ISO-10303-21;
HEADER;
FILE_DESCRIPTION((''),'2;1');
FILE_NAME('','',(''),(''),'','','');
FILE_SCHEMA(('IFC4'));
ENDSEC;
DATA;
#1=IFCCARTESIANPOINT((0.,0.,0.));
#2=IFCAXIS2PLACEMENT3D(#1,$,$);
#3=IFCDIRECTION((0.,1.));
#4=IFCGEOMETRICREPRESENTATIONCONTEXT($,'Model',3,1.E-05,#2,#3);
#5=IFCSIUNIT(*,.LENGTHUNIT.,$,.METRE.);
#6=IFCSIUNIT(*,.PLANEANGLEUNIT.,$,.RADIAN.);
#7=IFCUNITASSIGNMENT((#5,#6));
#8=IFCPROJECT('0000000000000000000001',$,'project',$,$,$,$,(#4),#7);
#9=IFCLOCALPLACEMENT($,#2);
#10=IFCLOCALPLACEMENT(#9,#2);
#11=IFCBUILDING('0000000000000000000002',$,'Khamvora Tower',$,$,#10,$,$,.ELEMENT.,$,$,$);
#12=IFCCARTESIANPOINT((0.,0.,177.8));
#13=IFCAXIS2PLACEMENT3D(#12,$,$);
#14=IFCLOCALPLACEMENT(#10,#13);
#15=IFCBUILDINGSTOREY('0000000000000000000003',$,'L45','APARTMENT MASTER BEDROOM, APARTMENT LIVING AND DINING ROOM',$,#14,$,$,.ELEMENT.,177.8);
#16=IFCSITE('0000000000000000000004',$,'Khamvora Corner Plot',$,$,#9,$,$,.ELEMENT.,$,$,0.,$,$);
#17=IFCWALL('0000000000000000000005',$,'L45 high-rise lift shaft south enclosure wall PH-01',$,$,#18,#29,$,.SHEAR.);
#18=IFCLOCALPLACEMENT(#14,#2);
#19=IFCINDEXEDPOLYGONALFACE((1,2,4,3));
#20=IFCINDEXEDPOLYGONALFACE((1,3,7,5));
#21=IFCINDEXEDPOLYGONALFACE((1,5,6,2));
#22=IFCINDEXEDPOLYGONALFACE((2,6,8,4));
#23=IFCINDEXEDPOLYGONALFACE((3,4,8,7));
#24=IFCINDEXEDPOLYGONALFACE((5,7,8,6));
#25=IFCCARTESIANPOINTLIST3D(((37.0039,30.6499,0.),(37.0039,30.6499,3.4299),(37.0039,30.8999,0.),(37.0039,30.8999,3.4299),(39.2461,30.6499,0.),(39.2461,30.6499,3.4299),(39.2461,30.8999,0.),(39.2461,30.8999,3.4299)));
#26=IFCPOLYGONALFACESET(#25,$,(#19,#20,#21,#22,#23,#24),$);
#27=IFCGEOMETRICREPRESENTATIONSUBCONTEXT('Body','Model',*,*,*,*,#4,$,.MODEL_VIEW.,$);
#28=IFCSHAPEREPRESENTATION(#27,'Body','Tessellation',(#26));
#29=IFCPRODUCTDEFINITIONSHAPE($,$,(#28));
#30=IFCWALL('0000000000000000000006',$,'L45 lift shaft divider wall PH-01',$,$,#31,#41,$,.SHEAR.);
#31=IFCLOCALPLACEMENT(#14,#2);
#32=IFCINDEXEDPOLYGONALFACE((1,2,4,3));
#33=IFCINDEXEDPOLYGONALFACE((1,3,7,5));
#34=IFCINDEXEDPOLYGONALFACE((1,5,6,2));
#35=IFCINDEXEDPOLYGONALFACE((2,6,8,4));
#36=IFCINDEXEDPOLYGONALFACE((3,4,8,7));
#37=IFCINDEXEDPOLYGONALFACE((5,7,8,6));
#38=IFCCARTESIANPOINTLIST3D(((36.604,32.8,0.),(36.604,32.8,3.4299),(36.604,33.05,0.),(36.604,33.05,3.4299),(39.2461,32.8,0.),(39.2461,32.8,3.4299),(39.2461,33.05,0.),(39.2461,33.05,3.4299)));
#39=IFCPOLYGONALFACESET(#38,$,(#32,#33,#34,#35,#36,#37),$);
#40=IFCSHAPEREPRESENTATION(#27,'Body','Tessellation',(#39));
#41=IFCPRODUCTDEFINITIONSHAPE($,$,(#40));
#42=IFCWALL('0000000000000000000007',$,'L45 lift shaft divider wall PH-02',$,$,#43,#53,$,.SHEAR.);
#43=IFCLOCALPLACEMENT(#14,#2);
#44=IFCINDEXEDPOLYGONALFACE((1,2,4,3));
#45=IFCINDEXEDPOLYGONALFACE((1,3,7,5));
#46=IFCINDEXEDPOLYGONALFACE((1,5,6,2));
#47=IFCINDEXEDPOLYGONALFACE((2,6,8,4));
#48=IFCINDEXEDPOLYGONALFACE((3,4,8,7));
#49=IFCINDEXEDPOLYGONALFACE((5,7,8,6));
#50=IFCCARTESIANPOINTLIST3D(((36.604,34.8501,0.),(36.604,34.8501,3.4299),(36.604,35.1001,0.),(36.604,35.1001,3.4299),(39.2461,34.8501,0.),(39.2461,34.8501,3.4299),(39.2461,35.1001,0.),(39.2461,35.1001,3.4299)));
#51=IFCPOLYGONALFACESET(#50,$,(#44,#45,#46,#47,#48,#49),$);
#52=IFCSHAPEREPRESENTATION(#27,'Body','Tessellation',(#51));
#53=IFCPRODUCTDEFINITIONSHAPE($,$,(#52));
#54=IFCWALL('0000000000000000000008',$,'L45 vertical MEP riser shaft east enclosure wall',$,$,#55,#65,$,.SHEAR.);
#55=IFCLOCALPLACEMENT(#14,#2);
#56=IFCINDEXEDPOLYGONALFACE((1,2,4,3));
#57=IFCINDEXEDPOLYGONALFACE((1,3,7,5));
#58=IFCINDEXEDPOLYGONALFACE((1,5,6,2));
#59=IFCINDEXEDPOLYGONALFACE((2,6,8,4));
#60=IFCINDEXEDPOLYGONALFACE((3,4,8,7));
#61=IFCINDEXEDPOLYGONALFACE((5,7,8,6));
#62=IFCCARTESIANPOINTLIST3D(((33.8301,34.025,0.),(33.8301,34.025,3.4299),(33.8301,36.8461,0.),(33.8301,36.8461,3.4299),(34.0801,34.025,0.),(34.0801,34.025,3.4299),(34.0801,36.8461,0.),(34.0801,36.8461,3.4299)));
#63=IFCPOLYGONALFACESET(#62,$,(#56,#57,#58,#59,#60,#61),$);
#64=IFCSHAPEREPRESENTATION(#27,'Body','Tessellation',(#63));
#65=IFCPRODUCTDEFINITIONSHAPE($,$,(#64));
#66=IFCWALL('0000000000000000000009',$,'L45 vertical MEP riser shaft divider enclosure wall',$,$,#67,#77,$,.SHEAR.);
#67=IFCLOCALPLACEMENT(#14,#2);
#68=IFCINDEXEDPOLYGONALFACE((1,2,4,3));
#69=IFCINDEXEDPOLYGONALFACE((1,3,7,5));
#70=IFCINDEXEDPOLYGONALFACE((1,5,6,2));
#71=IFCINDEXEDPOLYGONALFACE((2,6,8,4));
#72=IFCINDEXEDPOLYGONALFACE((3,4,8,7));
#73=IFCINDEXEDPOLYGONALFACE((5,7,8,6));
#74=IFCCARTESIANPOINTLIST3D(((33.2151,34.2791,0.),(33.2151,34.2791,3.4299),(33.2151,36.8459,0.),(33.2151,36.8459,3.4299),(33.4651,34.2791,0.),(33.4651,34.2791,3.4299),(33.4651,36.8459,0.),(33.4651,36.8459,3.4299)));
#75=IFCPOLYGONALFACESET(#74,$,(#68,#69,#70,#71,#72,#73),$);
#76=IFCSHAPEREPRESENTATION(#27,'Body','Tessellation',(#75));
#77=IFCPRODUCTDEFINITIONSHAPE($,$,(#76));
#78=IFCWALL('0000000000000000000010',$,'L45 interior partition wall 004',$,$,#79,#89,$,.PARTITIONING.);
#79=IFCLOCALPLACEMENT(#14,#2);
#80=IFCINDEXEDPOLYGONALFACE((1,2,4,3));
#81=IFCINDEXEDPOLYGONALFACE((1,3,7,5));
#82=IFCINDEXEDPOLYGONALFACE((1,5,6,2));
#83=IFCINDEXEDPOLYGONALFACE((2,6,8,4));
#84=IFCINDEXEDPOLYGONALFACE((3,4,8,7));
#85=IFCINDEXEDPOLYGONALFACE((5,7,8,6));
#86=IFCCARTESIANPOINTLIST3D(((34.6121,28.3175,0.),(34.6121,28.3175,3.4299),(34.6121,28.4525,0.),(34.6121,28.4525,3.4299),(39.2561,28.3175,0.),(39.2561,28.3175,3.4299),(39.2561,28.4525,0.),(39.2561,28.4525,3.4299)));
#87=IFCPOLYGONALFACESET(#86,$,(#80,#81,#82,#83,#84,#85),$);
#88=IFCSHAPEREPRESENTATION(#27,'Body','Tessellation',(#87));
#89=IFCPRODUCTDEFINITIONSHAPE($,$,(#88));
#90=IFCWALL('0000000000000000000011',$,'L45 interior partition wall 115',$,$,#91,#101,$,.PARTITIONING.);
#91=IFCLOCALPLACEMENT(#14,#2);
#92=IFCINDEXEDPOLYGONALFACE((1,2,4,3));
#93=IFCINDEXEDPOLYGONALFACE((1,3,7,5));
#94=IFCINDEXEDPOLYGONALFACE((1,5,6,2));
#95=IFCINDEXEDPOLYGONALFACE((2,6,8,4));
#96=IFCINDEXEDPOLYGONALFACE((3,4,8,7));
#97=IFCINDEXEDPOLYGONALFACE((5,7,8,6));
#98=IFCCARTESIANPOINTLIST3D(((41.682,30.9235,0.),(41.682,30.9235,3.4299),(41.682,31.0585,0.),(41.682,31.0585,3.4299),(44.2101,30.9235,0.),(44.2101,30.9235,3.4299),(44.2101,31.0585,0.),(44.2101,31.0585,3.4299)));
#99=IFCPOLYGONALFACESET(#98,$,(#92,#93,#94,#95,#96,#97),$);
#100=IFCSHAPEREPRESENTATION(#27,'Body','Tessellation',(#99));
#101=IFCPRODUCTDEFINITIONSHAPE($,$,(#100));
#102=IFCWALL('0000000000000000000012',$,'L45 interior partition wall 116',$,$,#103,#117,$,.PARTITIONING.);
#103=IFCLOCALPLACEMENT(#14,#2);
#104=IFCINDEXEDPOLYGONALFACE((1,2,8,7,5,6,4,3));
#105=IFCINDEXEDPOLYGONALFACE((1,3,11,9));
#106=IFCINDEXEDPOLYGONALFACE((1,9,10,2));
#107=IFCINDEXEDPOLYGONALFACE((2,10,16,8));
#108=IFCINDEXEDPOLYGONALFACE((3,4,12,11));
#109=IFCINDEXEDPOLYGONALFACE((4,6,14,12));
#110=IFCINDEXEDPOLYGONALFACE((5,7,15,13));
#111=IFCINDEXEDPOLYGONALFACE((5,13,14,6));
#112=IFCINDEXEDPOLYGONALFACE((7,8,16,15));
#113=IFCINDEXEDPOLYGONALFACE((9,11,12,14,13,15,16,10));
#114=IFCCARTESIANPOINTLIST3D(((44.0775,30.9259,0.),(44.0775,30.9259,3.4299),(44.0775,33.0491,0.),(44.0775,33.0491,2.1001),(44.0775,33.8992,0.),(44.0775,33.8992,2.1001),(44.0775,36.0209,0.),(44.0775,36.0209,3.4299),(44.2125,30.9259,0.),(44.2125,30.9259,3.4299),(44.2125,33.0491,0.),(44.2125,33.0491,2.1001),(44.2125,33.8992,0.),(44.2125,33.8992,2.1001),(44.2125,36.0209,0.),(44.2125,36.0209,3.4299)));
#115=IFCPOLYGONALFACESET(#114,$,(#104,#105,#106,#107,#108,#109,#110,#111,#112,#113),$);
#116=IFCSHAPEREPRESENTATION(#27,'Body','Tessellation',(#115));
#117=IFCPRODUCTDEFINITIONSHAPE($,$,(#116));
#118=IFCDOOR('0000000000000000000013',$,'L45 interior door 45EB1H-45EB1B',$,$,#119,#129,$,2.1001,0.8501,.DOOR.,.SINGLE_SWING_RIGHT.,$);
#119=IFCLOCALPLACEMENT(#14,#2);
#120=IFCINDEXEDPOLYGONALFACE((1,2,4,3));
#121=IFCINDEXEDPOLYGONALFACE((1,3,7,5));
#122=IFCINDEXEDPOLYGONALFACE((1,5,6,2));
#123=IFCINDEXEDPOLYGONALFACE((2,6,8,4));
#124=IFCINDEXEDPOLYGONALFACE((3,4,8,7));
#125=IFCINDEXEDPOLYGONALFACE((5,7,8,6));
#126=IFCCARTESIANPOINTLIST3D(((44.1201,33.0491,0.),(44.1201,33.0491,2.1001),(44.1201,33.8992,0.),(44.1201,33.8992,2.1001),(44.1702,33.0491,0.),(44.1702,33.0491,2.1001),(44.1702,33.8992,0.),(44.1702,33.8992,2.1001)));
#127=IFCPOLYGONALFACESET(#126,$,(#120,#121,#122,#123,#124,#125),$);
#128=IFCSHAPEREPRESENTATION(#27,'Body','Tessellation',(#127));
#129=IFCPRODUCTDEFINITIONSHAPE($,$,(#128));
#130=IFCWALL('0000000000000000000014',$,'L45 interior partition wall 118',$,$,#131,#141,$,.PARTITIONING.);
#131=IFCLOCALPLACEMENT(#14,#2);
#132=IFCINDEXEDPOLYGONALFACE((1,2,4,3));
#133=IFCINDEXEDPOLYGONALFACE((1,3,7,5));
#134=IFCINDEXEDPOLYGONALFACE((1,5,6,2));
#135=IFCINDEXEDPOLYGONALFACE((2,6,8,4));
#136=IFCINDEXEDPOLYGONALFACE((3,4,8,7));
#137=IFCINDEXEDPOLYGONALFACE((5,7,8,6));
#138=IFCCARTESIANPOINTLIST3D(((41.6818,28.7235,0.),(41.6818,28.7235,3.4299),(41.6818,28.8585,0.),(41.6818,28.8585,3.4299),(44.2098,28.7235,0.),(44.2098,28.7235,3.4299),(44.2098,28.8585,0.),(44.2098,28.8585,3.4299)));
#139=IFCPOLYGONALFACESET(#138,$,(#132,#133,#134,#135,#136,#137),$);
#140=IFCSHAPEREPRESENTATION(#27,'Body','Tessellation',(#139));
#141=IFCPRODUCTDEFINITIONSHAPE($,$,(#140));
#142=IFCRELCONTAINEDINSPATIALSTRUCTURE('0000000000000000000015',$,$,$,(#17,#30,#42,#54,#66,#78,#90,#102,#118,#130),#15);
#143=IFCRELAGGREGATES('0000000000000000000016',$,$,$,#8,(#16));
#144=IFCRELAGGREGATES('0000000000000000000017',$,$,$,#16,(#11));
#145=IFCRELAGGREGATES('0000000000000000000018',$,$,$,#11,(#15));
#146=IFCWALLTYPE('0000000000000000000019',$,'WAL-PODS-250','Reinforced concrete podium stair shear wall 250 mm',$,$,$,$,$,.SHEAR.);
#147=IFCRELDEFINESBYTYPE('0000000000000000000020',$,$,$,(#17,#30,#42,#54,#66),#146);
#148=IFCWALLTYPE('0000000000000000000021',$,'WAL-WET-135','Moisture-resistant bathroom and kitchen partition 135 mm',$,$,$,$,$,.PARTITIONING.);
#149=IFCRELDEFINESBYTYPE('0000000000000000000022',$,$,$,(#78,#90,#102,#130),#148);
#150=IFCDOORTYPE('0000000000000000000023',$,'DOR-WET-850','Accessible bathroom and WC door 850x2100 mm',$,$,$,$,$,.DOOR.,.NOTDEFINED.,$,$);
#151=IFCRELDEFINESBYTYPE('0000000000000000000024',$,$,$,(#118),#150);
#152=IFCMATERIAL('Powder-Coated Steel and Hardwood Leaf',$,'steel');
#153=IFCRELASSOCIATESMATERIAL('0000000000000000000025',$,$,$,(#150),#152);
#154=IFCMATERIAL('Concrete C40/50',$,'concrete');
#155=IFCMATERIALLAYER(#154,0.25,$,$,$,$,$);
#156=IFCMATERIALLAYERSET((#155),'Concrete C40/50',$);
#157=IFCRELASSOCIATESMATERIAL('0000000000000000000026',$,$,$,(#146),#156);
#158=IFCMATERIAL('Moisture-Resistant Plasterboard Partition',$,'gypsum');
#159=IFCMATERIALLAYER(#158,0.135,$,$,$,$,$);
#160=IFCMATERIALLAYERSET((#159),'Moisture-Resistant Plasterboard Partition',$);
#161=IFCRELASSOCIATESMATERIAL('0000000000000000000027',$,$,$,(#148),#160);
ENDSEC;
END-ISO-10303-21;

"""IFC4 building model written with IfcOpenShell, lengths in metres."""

from ifc_helpers import new_model, si_unit, direction, frame, frame_2d, origin, place, context, subcontext, project, spatial, rectangle, extrude, material, layer, layer_set, type_object, element, fill, save


model = new_model("IFC4")

# Units and contexts
model_context = context("Model", 3, precision=1e-05, world=origin(), true_north=direction((0.0, 1.0)))
body_context = subcontext(model_context, "Body", "Model", "MODEL_VIEW")
ifc_project = project(units=[si_unit("LENGTHUNIT", "METRE"), si_unit("PLANEANGLEUNIT", "RADIAN")], contexts=[model_context])

# Site, building, storey
site_placement = place(None, origin())
site = spatial("IfcSite", under=ifc_project, at=site_placement, Name="Khamvora Corner Plot", CompositionType="ELEMENT", RefElevation=0.0)
building_placement = place(site_placement, origin())
building = spatial("IfcBuilding", under=site, at=building_placement, Name="Khamvora Tower", CompositionType="ELEMENT")
storey_placement = place(building_placement, frame((0.0, 0.0, 177.8)))
storey = spatial("IfcBuildingStorey", under=building, at=storey_placement, Name="L45", Description="APARTMENT MASTER BEDROOM, APARTMENT LIVING AND DINING ROOM", CompositionType="ELEMENT", Elevation=177.8)

# Shared definitions
ifc_material_1 = material(Name="Powder-Coated Steel and Hardwood Leaf", Category="steel")

# Shared definitions
door_type_1 = type_object("IfcDoorType", Name="DOR-WET-850", Description="Accessible bathroom and WC door 850x2100 mm", OperationType="NOTDEFINED", PredefinedType="DOOR", material=ifc_material_1)

# Walls
ifc_material_2 = material(Name="Concrete C40/50", Category="concrete")
ifc_layer_1 = layer(ifc_material_2, 0.25)
ifc_layer_set_1 = layer_set([ifc_layer_1], Name="Concrete C40/50")
wall_type_1 = type_object("IfcWallType", Name="WAL-PODS-250", Description="Reinforced concrete podium stair shear wall 250 mm", PredefinedType="SHEAR", material=ifc_layer_set_1)
wall_1_placement = place(storey_placement, frame((37.0039, 30.7749, 0.0), z_axis=(0.0, 0.0, 1.0), x_axis=(1.0, 0.0, 0.0)))
element("IfcWall", 1, at=wall_1_placement, inside=storey, type_object=wall_type_1, Name="L45 high-rise lift shaft south enclosure wall PH-01", PredefinedType="SHEAR", context=body_context, shape_type="SweptSolid", body=[
    extrude(rectangle(XDim=2.2422, YDim=0.25, at=frame_2d((1.1211, 0.0))), origin(), (0.0, 0.0, 1.0), 3.4299),
])
for number, where, z_axis, x_axis, name in (
    (2, (36.604, 32.925, 0.0), (0.0, 0.0, 1.0), (1.0, 0.0, 0.0), "L45 lift shaft divider wall PH-01"),
    (3, (36.604, 34.9751, 0.0), (0.0, 0.0, 1.0), (1.0, 0.0, 0.0), "L45 lift shaft divider wall PH-02"),
):
    element("IfcWall", number, at=place(storey_placement, frame(where, z_axis=z_axis, x_axis=x_axis)), inside=storey, type_object=wall_type_1, Name=name, PredefinedType="SHEAR", context=body_context, shape_type="SweptSolid", body=[
        extrude(rectangle(XDim=2.6421, YDim=0.25, at=frame_2d((1.321, 0.0))), origin(), (0.0, 0.0, 1.0), 3.4299),
    ])
wall_2_placement = place(storey_placement, frame((33.9551, 34.0249, 0.0), z_axis=(0.0, 0.0, 1.0), x_axis=(0.0, 1.0, 0.0)))
element("IfcWall", 4, at=wall_2_placement, inside=storey, type_object=wall_type_1, Name="L45 vertical MEP riser shaft east enclosure wall", PredefinedType="SHEAR", context=body_context, shape_type="SweptSolid", body=[
    extrude(rectangle(XDim=2.821, YDim=0.25, at=frame_2d((1.4106, 0.0))), origin(), (0.0, 0.0, 1.0), 3.4299),
])
wall_3_placement = place(storey_placement, frame((33.3401, 34.2791, 0.0), z_axis=(0.0, 0.0, 1.0), x_axis=(0.0, 1.0, 0.0)))
element("IfcWall", 5, at=wall_3_placement, inside=storey, type_object=wall_type_1, Name="L45 vertical MEP riser shaft divider enclosure wall", PredefinedType="SHEAR", context=body_context, shape_type="SweptSolid", body=[
    extrude(rectangle(XDim=2.5669, YDim=0.25, at=frame_2d((1.2834, 0.0))), origin(), (0.0, 0.0, 1.0), 3.4299),
])
ifc_material_3 = material(Name="Moisture-Resistant Plasterboard Partition", Category="gypsum")
ifc_layer_2 = layer(ifc_material_3, 0.135)
ifc_layer_set_2 = layer_set([ifc_layer_2], Name="Moisture-Resistant Plasterboard Partition")
wall_type_2 = type_object("IfcWallType", Name="WAL-WET-135", Description="Moisture-resistant bathroom and kitchen partition 135 mm", PredefinedType="PARTITIONING", material=ifc_layer_set_2)
wall_4_placement = place(storey_placement, frame((39.2561, 28.385, 0.0), z_axis=(0.0, 0.0, 1.0), x_axis=(-1.0, 0.0, 0.0)))
element("IfcWall", 6, at=wall_4_placement, inside=storey, type_object=wall_type_2, Name="L45 interior partition wall 004", PredefinedType="PARTITIONING", context=body_context, shape_type="SweptSolid", body=[
    extrude(rectangle(XDim=4.644, YDim=0.135, at=frame_2d((2.322, 0.0))), origin(), (0.0, 0.0, 1.0), 3.4299),
])
wall_5_placement = place(storey_placement, frame((41.6819, 30.991, 0.0), z_axis=(0.0, 0.0, 1.0), x_axis=(1.0, 0.0, 0.0)))
element("IfcWall", 7, at=wall_5_placement, inside=storey, type_object=wall_type_2, Name="L45 interior partition wall 115", PredefinedType="PARTITIONING", context=body_context, shape_type="SweptSolid", body=[
    extrude(rectangle(XDim=2.5281, YDim=0.135, at=frame_2d((1.2642, 0.0))), origin(), (0.0, 0.0, 1.0), 3.4299),
])

# Wall, opening, door
wall_6_placement = place(storey_placement, frame((44.145, 30.926, 0.0), z_axis=(0.0, 0.0, 1.0), x_axis=(0.0, 1.0, 0.0)))
wall_6 = element("IfcWall", 8, at=wall_6_placement, inside=storey, type_object=wall_type_2, Name="L45 interior partition wall 116", PredefinedType="PARTITIONING", context=body_context, shape_type="SweptSolid", body=[
    extrude(rectangle(XDim=5.095, YDim=0.135, at=frame_2d((2.5474, 0.0))), origin(), (0.0, 0.0, 1.0), 3.4299),
])
opening_1_placement = place(wall_6_placement, frame((2.123, 0.0, 0.0)))
opening_1 = element("IfcOpeningElement", 9, at=opening_1_placement, cuts=wall_6, PredefinedType="OPENING", context=body_context, shape_type="SweptSolid", body=[
    extrude(rectangle(XDim=0.8501, YDim=2.1001, at=frame_2d((0.425, 1.05))), frame((0.0, 0.0774, 0.0), z_axis=(0.0, -1.0, 0.0), x_axis=(1.0, 0.0, 0.0)), (0.0, 0.0, 1.0), 0.155),
])
door_1_placement = place(opening_1_placement, origin())
door_1 = element("IfcDoor", 10, at=door_1_placement, inside=storey, type_object=door_type_1, Name="L45 interior door 45EB1H-45EB1B", OperationType="SINGLE_SWING_RIGHT", OverallHeight=2.1001, OverallWidth=0.8501, PredefinedType="DOOR", context=body_context, shape_type="SweptSolid", body=[
    extrude(rectangle(XDim=0.8501, YDim=2.1001, at=frame_2d((0.425, 1.05))), frame((0.0, 0.0249, 0.0), z_axis=(0.0, -1.0, 0.0), x_axis=(1.0, 0.0, 0.0)), (0.0, 0.0, 1.0), 0.05),
])
fill(opening_1, door_1)

# Wall
wall_7_placement = place(storey_placement, frame((44.21, 28.791, 0.0), z_axis=(0.0, 0.0, 1.0), x_axis=(-1.0, 0.0, 0.0)))
element("IfcWall", 11, at=wall_7_placement, inside=storey, type_object=wall_type_2, Name="L45 interior partition wall 118", PredefinedType="PARTITIONING", context=body_context, shape_type="SweptSolid", body=[
    extrude(rectangle(XDim=2.5281, YDim=0.135, at=frame_2d((1.2642, 0.0))), origin(), (0.0, 0.0, 1.0), 3.4299),
])

save(model, "model.ifc")
